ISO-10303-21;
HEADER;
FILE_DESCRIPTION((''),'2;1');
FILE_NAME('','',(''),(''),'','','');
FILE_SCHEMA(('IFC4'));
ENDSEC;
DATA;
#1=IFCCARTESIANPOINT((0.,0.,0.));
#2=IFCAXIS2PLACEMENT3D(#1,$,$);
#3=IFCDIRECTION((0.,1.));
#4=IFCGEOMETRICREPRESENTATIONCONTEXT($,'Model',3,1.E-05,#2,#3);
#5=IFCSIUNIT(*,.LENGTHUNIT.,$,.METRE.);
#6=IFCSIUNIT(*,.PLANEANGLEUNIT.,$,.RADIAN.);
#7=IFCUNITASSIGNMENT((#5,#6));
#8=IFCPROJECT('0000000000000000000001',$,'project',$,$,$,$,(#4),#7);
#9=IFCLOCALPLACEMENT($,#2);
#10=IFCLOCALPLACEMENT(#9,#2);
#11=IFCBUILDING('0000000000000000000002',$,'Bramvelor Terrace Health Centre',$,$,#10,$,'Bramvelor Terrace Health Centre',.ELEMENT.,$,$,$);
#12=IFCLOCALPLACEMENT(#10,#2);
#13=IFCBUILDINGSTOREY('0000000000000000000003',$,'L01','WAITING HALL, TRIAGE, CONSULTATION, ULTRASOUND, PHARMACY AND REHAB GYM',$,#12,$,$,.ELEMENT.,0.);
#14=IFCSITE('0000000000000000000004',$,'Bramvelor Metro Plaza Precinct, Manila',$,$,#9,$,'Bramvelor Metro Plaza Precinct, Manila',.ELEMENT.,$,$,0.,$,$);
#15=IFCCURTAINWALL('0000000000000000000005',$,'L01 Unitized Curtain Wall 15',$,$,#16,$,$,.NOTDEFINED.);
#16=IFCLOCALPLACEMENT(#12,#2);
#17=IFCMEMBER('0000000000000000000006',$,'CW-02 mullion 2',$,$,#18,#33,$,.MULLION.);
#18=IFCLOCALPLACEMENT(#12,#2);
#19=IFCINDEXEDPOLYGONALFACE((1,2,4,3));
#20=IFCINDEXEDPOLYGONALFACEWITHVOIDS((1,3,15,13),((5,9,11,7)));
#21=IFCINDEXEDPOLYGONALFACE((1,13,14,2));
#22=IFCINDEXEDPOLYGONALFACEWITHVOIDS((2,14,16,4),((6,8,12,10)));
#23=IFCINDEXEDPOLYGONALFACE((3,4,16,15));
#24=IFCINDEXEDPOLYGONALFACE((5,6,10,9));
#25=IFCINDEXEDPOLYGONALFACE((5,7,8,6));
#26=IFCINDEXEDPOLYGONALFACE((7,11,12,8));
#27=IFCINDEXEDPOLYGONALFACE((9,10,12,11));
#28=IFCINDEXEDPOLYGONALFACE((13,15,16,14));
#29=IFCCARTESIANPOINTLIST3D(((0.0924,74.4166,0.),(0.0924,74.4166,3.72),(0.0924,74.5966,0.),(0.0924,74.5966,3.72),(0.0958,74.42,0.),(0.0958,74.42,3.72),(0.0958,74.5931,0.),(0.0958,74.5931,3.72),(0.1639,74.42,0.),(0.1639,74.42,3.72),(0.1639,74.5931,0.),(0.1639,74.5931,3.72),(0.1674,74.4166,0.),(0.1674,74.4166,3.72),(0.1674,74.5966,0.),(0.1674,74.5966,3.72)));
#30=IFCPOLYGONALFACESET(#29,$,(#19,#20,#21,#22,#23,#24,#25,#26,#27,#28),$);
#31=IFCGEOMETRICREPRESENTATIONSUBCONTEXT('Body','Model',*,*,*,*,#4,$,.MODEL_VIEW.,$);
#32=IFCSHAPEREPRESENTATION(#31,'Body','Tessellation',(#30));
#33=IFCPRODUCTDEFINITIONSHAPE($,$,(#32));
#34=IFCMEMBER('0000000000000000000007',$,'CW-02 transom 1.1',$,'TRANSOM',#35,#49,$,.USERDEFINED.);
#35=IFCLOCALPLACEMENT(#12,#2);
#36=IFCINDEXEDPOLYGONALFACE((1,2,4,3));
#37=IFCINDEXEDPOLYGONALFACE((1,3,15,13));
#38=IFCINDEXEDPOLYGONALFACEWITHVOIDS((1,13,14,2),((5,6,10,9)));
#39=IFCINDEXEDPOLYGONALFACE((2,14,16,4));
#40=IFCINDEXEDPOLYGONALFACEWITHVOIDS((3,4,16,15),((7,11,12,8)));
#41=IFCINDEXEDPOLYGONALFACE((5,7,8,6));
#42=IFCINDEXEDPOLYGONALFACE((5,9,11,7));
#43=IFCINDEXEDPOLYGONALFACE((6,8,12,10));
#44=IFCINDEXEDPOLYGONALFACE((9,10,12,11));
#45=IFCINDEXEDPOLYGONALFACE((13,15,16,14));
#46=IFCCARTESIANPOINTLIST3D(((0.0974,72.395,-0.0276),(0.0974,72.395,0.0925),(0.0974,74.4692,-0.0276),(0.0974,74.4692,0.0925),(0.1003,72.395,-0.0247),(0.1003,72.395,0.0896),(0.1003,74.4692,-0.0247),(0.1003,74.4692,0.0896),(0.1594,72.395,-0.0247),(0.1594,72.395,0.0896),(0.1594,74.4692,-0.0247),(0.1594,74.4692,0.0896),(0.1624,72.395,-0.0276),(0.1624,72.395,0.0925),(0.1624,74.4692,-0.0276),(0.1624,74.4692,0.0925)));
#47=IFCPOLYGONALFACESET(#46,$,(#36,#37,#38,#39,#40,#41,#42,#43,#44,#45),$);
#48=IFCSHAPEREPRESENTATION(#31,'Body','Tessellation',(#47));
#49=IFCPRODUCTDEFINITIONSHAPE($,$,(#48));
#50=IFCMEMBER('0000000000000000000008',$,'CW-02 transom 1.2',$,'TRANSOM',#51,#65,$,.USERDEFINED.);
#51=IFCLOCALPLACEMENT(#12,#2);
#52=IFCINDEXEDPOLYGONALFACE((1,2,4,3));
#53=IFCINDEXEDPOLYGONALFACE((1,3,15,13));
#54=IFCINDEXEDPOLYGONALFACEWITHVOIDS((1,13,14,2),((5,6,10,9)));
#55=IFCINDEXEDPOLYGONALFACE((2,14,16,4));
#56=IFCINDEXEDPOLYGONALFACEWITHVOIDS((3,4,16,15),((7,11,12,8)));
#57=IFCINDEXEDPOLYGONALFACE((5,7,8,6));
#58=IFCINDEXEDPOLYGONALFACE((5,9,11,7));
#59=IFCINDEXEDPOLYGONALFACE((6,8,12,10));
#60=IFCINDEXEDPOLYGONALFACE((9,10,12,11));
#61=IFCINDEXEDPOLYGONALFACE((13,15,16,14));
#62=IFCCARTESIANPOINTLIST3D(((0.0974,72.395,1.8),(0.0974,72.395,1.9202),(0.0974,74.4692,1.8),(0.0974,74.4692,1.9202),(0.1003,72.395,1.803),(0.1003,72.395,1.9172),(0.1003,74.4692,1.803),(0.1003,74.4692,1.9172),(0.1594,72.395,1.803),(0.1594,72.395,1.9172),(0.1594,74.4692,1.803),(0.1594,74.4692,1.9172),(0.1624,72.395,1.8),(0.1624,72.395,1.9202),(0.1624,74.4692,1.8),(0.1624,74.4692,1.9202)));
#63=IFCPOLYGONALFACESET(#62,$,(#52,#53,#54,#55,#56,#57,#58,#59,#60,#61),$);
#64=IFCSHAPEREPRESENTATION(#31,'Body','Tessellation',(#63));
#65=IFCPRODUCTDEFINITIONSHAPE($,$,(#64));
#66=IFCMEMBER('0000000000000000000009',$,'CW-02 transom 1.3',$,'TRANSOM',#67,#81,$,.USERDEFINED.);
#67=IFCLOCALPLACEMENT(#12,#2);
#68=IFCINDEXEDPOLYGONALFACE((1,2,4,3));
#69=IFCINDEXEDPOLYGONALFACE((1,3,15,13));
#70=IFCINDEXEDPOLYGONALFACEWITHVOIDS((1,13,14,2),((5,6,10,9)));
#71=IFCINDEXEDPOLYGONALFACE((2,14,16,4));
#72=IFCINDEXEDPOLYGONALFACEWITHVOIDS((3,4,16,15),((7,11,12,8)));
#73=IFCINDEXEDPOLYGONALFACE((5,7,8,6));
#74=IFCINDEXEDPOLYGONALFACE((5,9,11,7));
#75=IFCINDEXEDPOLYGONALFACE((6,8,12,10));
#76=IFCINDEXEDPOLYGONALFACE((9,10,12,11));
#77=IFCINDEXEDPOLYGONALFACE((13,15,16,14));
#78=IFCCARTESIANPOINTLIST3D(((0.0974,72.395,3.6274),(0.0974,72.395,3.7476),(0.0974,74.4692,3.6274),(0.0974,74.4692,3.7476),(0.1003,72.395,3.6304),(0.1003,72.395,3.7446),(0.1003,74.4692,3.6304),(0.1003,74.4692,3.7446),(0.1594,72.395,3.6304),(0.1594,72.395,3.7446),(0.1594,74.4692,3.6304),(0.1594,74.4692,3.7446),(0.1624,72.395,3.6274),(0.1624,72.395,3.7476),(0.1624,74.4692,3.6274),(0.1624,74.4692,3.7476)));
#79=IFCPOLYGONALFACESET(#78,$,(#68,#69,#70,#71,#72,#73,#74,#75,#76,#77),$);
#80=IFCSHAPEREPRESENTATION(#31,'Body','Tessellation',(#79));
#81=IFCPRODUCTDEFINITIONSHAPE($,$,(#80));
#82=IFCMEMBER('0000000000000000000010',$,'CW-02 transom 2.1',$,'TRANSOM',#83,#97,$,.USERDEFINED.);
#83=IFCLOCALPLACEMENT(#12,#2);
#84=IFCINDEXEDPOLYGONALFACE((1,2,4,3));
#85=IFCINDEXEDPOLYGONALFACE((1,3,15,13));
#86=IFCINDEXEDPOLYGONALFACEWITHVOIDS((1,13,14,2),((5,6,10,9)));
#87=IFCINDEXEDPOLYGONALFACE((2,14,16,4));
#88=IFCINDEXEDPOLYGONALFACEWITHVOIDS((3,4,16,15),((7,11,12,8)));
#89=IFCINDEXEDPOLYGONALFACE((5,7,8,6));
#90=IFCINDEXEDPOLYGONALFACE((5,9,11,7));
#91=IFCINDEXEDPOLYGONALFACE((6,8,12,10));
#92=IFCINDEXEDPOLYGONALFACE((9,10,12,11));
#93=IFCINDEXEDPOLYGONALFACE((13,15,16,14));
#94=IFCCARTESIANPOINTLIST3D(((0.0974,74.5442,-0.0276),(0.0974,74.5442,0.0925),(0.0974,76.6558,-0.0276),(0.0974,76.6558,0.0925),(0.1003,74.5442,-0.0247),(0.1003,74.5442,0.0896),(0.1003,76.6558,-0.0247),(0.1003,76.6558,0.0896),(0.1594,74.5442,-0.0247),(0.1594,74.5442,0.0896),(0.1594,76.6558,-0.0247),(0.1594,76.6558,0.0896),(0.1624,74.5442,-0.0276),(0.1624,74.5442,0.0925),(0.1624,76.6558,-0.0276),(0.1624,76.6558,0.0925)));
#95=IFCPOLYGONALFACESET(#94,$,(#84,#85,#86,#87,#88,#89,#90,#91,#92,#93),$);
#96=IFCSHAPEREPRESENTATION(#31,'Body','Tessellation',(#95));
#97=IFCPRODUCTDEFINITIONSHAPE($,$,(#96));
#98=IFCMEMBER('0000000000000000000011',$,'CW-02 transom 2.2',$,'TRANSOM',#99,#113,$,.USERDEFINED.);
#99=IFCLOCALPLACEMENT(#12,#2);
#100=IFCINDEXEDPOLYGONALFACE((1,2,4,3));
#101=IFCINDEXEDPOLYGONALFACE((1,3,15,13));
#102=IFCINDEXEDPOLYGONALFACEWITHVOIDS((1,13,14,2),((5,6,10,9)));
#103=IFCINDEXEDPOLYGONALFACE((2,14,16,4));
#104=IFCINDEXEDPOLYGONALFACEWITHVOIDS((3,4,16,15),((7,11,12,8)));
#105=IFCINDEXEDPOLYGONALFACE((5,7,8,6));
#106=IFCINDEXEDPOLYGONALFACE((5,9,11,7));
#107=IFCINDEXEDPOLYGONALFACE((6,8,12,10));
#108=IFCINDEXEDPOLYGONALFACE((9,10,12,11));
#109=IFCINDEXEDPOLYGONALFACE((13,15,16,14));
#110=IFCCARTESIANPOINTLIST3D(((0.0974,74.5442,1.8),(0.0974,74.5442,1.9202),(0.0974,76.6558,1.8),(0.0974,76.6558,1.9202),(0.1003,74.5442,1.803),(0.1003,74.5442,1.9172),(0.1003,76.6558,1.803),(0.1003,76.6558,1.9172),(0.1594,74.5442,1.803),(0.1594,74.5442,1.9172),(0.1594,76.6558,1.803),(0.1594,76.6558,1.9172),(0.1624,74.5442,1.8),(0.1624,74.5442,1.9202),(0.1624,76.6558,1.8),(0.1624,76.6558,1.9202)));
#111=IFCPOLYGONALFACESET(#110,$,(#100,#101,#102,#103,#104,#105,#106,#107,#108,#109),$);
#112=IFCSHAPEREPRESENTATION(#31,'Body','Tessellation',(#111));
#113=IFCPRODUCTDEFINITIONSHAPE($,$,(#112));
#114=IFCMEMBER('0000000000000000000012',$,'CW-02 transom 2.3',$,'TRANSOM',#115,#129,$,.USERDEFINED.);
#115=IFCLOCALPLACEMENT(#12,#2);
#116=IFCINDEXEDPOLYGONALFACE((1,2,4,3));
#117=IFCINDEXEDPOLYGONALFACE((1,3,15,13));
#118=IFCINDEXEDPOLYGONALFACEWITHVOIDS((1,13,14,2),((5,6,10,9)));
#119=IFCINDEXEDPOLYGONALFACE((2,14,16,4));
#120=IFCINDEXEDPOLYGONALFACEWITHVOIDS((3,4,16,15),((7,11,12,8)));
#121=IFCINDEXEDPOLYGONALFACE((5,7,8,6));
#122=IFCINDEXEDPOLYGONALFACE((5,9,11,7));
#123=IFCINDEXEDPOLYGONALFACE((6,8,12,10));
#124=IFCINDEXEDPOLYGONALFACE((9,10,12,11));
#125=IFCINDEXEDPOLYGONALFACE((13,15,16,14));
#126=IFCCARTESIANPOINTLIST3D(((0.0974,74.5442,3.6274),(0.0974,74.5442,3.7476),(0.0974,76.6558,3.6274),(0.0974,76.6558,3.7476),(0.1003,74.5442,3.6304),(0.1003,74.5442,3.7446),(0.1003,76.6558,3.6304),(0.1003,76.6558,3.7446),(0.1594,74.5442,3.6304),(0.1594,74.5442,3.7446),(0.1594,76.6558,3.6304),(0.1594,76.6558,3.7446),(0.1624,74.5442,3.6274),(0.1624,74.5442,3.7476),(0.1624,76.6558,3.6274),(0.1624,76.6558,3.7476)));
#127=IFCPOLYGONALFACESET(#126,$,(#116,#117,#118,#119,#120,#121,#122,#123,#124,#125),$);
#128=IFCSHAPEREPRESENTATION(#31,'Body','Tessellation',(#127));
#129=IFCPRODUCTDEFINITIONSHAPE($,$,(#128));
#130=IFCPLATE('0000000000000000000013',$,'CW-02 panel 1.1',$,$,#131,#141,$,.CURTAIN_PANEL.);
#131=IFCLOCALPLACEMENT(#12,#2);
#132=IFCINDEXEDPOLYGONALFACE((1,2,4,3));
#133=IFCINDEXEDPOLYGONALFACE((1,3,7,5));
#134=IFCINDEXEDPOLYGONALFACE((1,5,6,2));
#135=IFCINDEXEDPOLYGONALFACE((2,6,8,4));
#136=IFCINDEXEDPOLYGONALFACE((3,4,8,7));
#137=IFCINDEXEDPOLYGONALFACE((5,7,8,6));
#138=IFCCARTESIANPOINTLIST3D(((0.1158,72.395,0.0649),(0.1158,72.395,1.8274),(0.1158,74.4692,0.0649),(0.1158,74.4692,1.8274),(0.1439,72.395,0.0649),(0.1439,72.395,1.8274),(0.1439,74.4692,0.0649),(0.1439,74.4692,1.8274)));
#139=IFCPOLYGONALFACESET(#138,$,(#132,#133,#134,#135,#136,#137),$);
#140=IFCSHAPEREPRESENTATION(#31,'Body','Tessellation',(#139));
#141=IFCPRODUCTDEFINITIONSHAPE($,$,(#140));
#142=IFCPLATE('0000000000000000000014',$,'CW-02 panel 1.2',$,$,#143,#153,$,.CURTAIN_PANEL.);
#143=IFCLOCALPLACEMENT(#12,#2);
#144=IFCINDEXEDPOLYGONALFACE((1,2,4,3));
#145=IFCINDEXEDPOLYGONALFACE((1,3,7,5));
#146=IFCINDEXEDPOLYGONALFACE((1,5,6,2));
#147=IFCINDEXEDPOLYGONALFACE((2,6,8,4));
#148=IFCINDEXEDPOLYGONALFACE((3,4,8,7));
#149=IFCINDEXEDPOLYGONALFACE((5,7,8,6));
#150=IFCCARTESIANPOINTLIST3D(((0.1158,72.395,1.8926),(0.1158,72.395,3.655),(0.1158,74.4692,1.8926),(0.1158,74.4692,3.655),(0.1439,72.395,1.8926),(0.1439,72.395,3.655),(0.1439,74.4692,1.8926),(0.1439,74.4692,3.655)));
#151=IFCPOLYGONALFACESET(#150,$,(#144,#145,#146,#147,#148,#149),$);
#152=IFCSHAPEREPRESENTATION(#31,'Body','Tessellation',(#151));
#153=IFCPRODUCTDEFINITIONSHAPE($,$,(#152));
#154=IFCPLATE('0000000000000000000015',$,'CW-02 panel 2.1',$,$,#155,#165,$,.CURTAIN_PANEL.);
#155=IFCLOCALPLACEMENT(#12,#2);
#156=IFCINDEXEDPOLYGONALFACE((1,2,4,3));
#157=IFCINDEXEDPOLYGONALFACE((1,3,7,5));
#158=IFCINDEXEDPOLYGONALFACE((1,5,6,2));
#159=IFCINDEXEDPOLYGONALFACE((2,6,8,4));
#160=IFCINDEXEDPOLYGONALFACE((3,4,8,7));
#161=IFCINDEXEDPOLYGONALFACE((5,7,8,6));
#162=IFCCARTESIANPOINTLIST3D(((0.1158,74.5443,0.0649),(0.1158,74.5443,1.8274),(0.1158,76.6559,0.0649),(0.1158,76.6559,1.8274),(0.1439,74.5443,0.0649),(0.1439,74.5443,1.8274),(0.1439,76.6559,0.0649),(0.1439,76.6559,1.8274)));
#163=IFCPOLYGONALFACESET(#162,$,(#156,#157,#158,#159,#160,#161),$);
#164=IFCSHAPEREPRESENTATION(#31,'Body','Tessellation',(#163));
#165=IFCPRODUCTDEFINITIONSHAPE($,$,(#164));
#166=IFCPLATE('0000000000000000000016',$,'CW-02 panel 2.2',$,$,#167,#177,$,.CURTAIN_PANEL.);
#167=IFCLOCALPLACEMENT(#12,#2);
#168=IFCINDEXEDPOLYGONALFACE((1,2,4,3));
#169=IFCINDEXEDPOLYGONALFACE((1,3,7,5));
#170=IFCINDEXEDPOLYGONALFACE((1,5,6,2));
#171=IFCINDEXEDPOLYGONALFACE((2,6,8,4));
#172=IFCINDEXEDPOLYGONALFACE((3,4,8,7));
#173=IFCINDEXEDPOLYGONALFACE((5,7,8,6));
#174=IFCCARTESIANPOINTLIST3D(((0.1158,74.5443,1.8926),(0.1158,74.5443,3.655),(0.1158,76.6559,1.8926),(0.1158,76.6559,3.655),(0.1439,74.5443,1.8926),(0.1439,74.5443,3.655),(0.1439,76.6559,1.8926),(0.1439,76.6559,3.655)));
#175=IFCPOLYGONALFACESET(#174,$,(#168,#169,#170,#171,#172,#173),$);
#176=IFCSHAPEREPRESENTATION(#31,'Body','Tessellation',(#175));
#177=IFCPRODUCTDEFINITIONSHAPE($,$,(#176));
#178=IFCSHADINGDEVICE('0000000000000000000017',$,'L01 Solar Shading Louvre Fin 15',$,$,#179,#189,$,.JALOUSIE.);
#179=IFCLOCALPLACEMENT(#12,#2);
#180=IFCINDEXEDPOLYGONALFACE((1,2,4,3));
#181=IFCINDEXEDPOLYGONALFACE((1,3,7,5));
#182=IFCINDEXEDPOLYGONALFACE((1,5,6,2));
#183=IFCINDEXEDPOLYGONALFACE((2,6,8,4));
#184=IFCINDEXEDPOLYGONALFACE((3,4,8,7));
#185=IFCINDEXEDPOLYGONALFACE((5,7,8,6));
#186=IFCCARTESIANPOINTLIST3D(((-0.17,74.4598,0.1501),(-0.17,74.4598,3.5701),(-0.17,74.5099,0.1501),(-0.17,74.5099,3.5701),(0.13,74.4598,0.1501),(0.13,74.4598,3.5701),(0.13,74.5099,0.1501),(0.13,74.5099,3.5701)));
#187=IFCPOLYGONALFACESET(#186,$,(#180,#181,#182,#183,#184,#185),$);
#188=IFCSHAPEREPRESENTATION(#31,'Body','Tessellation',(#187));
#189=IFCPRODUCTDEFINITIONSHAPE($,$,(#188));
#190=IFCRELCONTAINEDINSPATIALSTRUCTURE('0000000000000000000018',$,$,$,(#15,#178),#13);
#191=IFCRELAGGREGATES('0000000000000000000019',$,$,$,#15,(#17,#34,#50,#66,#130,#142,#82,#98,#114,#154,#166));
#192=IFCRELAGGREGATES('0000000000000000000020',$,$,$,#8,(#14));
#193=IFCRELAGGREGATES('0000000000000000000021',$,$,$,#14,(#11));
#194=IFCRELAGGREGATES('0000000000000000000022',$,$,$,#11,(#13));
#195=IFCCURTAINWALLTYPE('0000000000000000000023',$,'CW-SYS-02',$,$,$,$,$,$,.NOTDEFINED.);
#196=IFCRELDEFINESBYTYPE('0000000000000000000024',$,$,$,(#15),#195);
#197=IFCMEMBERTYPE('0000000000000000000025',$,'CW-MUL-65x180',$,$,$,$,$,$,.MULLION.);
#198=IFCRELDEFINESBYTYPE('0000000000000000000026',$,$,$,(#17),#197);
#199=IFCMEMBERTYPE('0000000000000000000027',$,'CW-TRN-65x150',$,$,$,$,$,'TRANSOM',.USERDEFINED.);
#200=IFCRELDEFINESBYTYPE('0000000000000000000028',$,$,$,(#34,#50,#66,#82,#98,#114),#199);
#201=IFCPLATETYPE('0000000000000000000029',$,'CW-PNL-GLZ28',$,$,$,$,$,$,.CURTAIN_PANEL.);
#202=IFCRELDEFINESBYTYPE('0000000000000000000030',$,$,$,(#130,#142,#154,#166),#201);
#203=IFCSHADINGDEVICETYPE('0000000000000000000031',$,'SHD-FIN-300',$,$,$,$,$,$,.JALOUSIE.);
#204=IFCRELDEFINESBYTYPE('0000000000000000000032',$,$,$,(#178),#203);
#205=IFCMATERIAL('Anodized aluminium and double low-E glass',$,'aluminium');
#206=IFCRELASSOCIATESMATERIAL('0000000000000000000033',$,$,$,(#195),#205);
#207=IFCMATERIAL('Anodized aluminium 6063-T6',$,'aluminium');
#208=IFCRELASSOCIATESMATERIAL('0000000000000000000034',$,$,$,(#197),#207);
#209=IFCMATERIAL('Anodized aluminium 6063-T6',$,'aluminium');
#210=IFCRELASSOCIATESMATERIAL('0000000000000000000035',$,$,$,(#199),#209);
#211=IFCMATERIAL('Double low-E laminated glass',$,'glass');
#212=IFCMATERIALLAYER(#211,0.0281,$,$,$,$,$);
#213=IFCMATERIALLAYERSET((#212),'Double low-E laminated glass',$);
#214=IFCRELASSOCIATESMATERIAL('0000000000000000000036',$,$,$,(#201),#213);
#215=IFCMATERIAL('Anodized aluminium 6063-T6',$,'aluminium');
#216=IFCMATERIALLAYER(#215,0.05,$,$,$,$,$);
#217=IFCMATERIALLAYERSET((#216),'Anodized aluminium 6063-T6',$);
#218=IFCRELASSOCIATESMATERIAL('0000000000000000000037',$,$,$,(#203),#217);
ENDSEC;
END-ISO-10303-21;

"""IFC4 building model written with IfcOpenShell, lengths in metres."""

from ifc_helpers import new_model, si_unit, direction, frame, origin, origin_2d, place, context, subcontext, project, spatial, rectangle, hollow_rectangle, extrude, material, layer, layer_set, material_profile, profile_set, type_object, element, aggregate, save


model = new_model("IFC4")

# Units and contexts
model_context = context("Model", 3, precision=1e-05, world=origin(), true_north=direction((0.0, 1.0)))
body_context = subcontext(model_context, "Body", "Model", "MODEL_VIEW")
ifc_project = project(units=[si_unit("LENGTHUNIT", "METRE"), si_unit("PLANEANGLEUNIT", "RADIAN")], contexts=[model_context])

# Site, building, storey
site_placement = place(None, origin())
site = spatial("IfcSite", under=ifc_project, at=site_placement, Name="Bramvelor Metro Plaza Precinct, Manila", LongName="Bramvelor Metro Plaza Precinct, Manila", CompositionType="ELEMENT", RefElevation=0.0)
building_placement = place(site_placement, origin())
building = spatial("IfcBuilding", under=site, at=building_placement, Name="Bramvelor Terrace Health Centre", LongName="Bramvelor Terrace Health Centre", CompositionType="ELEMENT")
storey_placement = place(building_placement, origin())
storey = spatial("IfcBuildingStorey", under=building, at=storey_placement, Name="L01", Description="WAITING HALL, TRIAGE, CONSULTATION, ULTRASOUND, PHARMACY AND REHAB GYM", CompositionType="ELEMENT", Elevation=0.0)

# Curtain wall, members, plates
ifc_material_1 = material(Name="Anodized aluminium and double low-E glass", Category="aluminium")
curtain_wall_type = type_object("IfcCurtainWallType", Name="CW-SYS-02", PredefinedType="NOTDEFINED", material=ifc_material_1)
curtain_wall_placement = place(storey_placement, origin())
curtain_wall = element("IfcCurtainWall", 1, at=curtain_wall_placement, inside=storey, type_object=curtain_wall_type, Name="L01 Unitized Curtain Wall 15", PredefinedType="NOTDEFINED")
ifc_material_2 = material(Name="Anodized aluminium 6063-T6", Category="aluminium")
ifc_material_profile_1 = material_profile(ifc_material_2, hollow_rectangle(XDim=0.075, YDim=0.1799, WallThickness=0.0034, at=origin_2d()), Name="ALU-MUL 75x180x3.5")
ifc_profile_set_1 = profile_set([ifc_material_profile_1], Name="Anodized aluminium 6063-T6")
member_type_1 = type_object("IfcMemberType", Name="CW-MUL-65x180", PredefinedType="MULLION", material=ifc_profile_set_1)
member_1_placement = place(storey_placement, frame((0.1299, 74.5066, 0.0), z_axis=(0.0, 0.0, 1.0), x_axis=(-1.0, 0.0, 0.0)))
member_1 = element("IfcMember", 2, at=member_1_placement, type_object=member_type_1, Name="CW-02 mullion 2", PredefinedType="MULLION", context=body_context, shape_type="SweptSolid", body=[
    extrude(hollow_rectangle(XDim=0.075, YDim=0.1799, WallThickness=0.0034, at=origin_2d()), origin(), (0.0, 0.0, 1.0), 3.72),
])
ifc_material_3 = material(Name="Anodized aluminium 6063-T6", Category="aluminium")
ifc_material_profile_2 = material_profile(ifc_material_3, hollow_rectangle(XDim=0.0649, YDim=0.1201, WallThickness=0.0029, at=origin_2d()), Name="ALU-TRN 65x120x3.0")
ifc_profile_set_2 = profile_set([ifc_material_profile_2], Name="Anodized aluminium 6063-T6")
member_type_2 = type_object("IfcMemberType", Name="CW-TRN-65x150", ElementType="TRANSOM", PredefinedType="USERDEFINED", material=ifc_profile_set_2)
member_2_placement = place(storey_placement, frame((0.1299, 72.395, 0.0325), z_axis=(0.0, 1.0, 0.0), x_axis=(-1.0, 0.0, 0.0)))
member_2 = element("IfcMember", 3, at=member_2_placement, type_object=member_type_2, Name="CW-02 transom 1.1", ObjectType="TRANSOM", PredefinedType="USERDEFINED", context=body_context, shape_type="SweptSolid", body=[
    extrude(hollow_rectangle(XDim=0.0649, YDim=0.1201, WallThickness=0.0029, at=origin_2d()), origin(), (0.0, 0.0, 1.0), 2.0742),
])
member_3_placement = place(storey_placement, frame((0.1299, 72.395, 1.8601), z_axis=(0.0, 1.0, 0.0), x_axis=(-1.0, 0.0, 0.0)))
member_3 = element("IfcMember", 4, at=member_3_placement, type_object=member_type_2, Name="CW-02 transom 1.2", ObjectType="TRANSOM", PredefinedType="USERDEFINED", context=body_context, shape_type="SweptSolid", body=[
    extrude(hollow_rectangle(XDim=0.0649, YDim=0.1201, WallThickness=0.0029, at=origin_2d()), origin(), (0.0, 0.0, 1.0), 2.0742),
])
member_4_placement = place(storey_placement, frame((0.1299, 72.395, 3.6875), z_axis=(0.0, 1.0, 0.0), x_axis=(-1.0, 0.0, 0.0)))
member_4 = element("IfcMember", 5, at=member_4_placement, type_object=member_type_2, Name="CW-02 transom 1.3", ObjectType="TRANSOM", PredefinedType="USERDEFINED", context=body_context, shape_type="SweptSolid", body=[
    extrude(hollow_rectangle(XDim=0.0649, YDim=0.1201, WallThickness=0.0029, at=origin_2d()), origin(), (0.0, 0.0, 1.0), 2.0742),
])
member_5_placement = place(storey_placement, frame((0.1299, 74.5442, 0.0325), z_axis=(0.0, 1.0, 0.0), x_axis=(-1.0, 0.0, 0.0)))
member_5 = element("IfcMember", 6, at=member_5_placement, type_object=member_type_2, Name="CW-02 transom 2.1", ObjectType="TRANSOM", PredefinedType="USERDEFINED", context=body_context, shape_type="SweptSolid", body=[
    extrude(hollow_rectangle(XDim=0.0649, YDim=0.1201, WallThickness=0.0029, at=origin_2d()), origin(), (0.0, 0.0, 1.0), 2.1116),
])
member_6_placement = place(storey_placement, frame((0.1299, 74.5442, 1.8601), z_axis=(0.0, 1.0, 0.0), x_axis=(-1.0, 0.0, 0.0)))
member_6 = element("IfcMember", 7, at=member_6_placement, type_object=member_type_2, Name="CW-02 transom 2.2", ObjectType="TRANSOM", PredefinedType="USERDEFINED", context=body_context, shape_type="SweptSolid", body=[
    extrude(hollow_rectangle(XDim=0.0649, YDim=0.1201, WallThickness=0.0029, at=origin_2d()), origin(), (0.0, 0.0, 1.0), 2.1116),
])
member_7_placement = place(storey_placement, frame((0.1299, 74.5442, 3.6875), z_axis=(0.0, 1.0, 0.0), x_axis=(-1.0, 0.0, 0.0)))
member_7 = element("IfcMember", 8, at=member_7_placement, type_object=member_type_2, Name="CW-02 transom 2.3", ObjectType="TRANSOM", PredefinedType="USERDEFINED", context=body_context, shape_type="SweptSolid", body=[
    extrude(hollow_rectangle(XDim=0.0649, YDim=0.1201, WallThickness=0.0029, at=origin_2d()), origin(), (0.0, 0.0, 1.0), 2.1116),
])
ifc_material_4 = material(Name="Double low-E laminated glass", Category="glass")
ifc_layer_1 = layer(ifc_material_4, 0.0281)
ifc_layer_set_1 = layer_set([ifc_layer_1], Name="Double low-E laminated glass")
plate_type = type_object("IfcPlateType", Name="CW-PNL-GLZ28", PredefinedType="CURTAIN_PANEL", material=ifc_layer_set_1)
plate_1_placement = place(storey_placement, frame((0.1299, 73.4321, 0.0649), z_axis=(0.0, 0.0, 1.0), x_axis=(0.0, 1.0, 0.0)))
plate_1 = element("IfcPlate", 9, at=plate_1_placement, type_object=plate_type, Name="CW-02 panel 1.1", PredefinedType="CURTAIN_PANEL", context=body_context, shape_type="SweptSolid", body=[
    extrude(rectangle(XDim=2.0742, YDim=0.0281, at=origin_2d()), origin(), (0.0, 0.0, 1.0), 1.7625),
])
plate_2_placement = place(storey_placement, frame((0.1299, 73.4321, 1.8926), z_axis=(0.0, 0.0, 1.0), x_axis=(0.0, 1.0, 0.0)))
plate_2 = element("IfcPlate", 10, at=plate_2_placement, type_object=plate_type, Name="CW-02 panel 1.2", PredefinedType="CURTAIN_PANEL", context=body_context, shape_type="SweptSolid", body=[
    extrude(rectangle(XDim=2.0742, YDim=0.0281, at=origin_2d()), origin(), (0.0, 0.0, 1.0), 1.7625),
])
plate_3_placement = place(storey_placement, frame((0.1299, 75.6001, 0.0649), z_axis=(0.0, 0.0, 1.0), x_axis=(0.0, 1.0, 0.0)))
plate_3 = element("IfcPlate", 11, at=plate_3_placement, type_object=plate_type, Name="CW-02 panel 2.1", PredefinedType="CURTAIN_PANEL", context=body_context, shape_type="SweptSolid", body=[
    extrude(rectangle(XDim=2.1116, YDim=0.0281, at=origin_2d()), origin(), (0.0, 0.0, 1.0), 1.7625),
])
plate_4_placement = place(storey_placement, frame((0.1299, 75.6001, 1.8926), z_axis=(0.0, 0.0, 1.0), x_axis=(0.0, 1.0, 0.0)))
plate_4 = element("IfcPlate", 12, at=plate_4_placement, type_object=plate_type, Name="CW-02 panel 2.2", PredefinedType="CURTAIN_PANEL", context=body_context, shape_type="SweptSolid", body=[
    extrude(rectangle(XDim=2.1116, YDim=0.0281, at=origin_2d()), origin(), (0.0, 0.0, 1.0), 1.7625),
])
aggregate(curtain_wall, [member_1, member_2, member_3, member_4, plate_1, plate_2, member_5, member_6, member_7, plate_3, plate_4])

# Shading device
ifc_material_5 = material(Name="Anodized aluminium 6063-T6", Category="aluminium")
ifc_layer_2 = layer(ifc_material_5, 0.05)
ifc_layer_set_2 = layer_set([ifc_layer_2], Name="Anodized aluminium 6063-T6")
shading_device_type = type_object("IfcShadingDeviceType", Name="SHD-FIN-300", PredefinedType="JALOUSIE", material=ifc_layer_set_2)
for number, where, z_axis, x_axis, name in (
    (13, (-0.02, 74.4849, 0.1501), (0.0, 0.0, 1.0), (1.0, 0.0, 0.0), "L01 Solar Shading Louvre Fin 15"),
):
    element("IfcShadingDevice", number, at=place(storey_placement, frame(where, z_axis=z_axis, x_axis=x_axis)), inside=storey, type_object=shading_device_type, Name=name, PredefinedType="JALOUSIE", context=body_context, shape_type="SweptSolid", body=[
        extrude(rectangle(XDim=0.3, YDim=0.05, at=origin_2d()), origin(), (0.0, 0.0, 1.0), 3.4199),
    ])

save(model, "model.ifc")
